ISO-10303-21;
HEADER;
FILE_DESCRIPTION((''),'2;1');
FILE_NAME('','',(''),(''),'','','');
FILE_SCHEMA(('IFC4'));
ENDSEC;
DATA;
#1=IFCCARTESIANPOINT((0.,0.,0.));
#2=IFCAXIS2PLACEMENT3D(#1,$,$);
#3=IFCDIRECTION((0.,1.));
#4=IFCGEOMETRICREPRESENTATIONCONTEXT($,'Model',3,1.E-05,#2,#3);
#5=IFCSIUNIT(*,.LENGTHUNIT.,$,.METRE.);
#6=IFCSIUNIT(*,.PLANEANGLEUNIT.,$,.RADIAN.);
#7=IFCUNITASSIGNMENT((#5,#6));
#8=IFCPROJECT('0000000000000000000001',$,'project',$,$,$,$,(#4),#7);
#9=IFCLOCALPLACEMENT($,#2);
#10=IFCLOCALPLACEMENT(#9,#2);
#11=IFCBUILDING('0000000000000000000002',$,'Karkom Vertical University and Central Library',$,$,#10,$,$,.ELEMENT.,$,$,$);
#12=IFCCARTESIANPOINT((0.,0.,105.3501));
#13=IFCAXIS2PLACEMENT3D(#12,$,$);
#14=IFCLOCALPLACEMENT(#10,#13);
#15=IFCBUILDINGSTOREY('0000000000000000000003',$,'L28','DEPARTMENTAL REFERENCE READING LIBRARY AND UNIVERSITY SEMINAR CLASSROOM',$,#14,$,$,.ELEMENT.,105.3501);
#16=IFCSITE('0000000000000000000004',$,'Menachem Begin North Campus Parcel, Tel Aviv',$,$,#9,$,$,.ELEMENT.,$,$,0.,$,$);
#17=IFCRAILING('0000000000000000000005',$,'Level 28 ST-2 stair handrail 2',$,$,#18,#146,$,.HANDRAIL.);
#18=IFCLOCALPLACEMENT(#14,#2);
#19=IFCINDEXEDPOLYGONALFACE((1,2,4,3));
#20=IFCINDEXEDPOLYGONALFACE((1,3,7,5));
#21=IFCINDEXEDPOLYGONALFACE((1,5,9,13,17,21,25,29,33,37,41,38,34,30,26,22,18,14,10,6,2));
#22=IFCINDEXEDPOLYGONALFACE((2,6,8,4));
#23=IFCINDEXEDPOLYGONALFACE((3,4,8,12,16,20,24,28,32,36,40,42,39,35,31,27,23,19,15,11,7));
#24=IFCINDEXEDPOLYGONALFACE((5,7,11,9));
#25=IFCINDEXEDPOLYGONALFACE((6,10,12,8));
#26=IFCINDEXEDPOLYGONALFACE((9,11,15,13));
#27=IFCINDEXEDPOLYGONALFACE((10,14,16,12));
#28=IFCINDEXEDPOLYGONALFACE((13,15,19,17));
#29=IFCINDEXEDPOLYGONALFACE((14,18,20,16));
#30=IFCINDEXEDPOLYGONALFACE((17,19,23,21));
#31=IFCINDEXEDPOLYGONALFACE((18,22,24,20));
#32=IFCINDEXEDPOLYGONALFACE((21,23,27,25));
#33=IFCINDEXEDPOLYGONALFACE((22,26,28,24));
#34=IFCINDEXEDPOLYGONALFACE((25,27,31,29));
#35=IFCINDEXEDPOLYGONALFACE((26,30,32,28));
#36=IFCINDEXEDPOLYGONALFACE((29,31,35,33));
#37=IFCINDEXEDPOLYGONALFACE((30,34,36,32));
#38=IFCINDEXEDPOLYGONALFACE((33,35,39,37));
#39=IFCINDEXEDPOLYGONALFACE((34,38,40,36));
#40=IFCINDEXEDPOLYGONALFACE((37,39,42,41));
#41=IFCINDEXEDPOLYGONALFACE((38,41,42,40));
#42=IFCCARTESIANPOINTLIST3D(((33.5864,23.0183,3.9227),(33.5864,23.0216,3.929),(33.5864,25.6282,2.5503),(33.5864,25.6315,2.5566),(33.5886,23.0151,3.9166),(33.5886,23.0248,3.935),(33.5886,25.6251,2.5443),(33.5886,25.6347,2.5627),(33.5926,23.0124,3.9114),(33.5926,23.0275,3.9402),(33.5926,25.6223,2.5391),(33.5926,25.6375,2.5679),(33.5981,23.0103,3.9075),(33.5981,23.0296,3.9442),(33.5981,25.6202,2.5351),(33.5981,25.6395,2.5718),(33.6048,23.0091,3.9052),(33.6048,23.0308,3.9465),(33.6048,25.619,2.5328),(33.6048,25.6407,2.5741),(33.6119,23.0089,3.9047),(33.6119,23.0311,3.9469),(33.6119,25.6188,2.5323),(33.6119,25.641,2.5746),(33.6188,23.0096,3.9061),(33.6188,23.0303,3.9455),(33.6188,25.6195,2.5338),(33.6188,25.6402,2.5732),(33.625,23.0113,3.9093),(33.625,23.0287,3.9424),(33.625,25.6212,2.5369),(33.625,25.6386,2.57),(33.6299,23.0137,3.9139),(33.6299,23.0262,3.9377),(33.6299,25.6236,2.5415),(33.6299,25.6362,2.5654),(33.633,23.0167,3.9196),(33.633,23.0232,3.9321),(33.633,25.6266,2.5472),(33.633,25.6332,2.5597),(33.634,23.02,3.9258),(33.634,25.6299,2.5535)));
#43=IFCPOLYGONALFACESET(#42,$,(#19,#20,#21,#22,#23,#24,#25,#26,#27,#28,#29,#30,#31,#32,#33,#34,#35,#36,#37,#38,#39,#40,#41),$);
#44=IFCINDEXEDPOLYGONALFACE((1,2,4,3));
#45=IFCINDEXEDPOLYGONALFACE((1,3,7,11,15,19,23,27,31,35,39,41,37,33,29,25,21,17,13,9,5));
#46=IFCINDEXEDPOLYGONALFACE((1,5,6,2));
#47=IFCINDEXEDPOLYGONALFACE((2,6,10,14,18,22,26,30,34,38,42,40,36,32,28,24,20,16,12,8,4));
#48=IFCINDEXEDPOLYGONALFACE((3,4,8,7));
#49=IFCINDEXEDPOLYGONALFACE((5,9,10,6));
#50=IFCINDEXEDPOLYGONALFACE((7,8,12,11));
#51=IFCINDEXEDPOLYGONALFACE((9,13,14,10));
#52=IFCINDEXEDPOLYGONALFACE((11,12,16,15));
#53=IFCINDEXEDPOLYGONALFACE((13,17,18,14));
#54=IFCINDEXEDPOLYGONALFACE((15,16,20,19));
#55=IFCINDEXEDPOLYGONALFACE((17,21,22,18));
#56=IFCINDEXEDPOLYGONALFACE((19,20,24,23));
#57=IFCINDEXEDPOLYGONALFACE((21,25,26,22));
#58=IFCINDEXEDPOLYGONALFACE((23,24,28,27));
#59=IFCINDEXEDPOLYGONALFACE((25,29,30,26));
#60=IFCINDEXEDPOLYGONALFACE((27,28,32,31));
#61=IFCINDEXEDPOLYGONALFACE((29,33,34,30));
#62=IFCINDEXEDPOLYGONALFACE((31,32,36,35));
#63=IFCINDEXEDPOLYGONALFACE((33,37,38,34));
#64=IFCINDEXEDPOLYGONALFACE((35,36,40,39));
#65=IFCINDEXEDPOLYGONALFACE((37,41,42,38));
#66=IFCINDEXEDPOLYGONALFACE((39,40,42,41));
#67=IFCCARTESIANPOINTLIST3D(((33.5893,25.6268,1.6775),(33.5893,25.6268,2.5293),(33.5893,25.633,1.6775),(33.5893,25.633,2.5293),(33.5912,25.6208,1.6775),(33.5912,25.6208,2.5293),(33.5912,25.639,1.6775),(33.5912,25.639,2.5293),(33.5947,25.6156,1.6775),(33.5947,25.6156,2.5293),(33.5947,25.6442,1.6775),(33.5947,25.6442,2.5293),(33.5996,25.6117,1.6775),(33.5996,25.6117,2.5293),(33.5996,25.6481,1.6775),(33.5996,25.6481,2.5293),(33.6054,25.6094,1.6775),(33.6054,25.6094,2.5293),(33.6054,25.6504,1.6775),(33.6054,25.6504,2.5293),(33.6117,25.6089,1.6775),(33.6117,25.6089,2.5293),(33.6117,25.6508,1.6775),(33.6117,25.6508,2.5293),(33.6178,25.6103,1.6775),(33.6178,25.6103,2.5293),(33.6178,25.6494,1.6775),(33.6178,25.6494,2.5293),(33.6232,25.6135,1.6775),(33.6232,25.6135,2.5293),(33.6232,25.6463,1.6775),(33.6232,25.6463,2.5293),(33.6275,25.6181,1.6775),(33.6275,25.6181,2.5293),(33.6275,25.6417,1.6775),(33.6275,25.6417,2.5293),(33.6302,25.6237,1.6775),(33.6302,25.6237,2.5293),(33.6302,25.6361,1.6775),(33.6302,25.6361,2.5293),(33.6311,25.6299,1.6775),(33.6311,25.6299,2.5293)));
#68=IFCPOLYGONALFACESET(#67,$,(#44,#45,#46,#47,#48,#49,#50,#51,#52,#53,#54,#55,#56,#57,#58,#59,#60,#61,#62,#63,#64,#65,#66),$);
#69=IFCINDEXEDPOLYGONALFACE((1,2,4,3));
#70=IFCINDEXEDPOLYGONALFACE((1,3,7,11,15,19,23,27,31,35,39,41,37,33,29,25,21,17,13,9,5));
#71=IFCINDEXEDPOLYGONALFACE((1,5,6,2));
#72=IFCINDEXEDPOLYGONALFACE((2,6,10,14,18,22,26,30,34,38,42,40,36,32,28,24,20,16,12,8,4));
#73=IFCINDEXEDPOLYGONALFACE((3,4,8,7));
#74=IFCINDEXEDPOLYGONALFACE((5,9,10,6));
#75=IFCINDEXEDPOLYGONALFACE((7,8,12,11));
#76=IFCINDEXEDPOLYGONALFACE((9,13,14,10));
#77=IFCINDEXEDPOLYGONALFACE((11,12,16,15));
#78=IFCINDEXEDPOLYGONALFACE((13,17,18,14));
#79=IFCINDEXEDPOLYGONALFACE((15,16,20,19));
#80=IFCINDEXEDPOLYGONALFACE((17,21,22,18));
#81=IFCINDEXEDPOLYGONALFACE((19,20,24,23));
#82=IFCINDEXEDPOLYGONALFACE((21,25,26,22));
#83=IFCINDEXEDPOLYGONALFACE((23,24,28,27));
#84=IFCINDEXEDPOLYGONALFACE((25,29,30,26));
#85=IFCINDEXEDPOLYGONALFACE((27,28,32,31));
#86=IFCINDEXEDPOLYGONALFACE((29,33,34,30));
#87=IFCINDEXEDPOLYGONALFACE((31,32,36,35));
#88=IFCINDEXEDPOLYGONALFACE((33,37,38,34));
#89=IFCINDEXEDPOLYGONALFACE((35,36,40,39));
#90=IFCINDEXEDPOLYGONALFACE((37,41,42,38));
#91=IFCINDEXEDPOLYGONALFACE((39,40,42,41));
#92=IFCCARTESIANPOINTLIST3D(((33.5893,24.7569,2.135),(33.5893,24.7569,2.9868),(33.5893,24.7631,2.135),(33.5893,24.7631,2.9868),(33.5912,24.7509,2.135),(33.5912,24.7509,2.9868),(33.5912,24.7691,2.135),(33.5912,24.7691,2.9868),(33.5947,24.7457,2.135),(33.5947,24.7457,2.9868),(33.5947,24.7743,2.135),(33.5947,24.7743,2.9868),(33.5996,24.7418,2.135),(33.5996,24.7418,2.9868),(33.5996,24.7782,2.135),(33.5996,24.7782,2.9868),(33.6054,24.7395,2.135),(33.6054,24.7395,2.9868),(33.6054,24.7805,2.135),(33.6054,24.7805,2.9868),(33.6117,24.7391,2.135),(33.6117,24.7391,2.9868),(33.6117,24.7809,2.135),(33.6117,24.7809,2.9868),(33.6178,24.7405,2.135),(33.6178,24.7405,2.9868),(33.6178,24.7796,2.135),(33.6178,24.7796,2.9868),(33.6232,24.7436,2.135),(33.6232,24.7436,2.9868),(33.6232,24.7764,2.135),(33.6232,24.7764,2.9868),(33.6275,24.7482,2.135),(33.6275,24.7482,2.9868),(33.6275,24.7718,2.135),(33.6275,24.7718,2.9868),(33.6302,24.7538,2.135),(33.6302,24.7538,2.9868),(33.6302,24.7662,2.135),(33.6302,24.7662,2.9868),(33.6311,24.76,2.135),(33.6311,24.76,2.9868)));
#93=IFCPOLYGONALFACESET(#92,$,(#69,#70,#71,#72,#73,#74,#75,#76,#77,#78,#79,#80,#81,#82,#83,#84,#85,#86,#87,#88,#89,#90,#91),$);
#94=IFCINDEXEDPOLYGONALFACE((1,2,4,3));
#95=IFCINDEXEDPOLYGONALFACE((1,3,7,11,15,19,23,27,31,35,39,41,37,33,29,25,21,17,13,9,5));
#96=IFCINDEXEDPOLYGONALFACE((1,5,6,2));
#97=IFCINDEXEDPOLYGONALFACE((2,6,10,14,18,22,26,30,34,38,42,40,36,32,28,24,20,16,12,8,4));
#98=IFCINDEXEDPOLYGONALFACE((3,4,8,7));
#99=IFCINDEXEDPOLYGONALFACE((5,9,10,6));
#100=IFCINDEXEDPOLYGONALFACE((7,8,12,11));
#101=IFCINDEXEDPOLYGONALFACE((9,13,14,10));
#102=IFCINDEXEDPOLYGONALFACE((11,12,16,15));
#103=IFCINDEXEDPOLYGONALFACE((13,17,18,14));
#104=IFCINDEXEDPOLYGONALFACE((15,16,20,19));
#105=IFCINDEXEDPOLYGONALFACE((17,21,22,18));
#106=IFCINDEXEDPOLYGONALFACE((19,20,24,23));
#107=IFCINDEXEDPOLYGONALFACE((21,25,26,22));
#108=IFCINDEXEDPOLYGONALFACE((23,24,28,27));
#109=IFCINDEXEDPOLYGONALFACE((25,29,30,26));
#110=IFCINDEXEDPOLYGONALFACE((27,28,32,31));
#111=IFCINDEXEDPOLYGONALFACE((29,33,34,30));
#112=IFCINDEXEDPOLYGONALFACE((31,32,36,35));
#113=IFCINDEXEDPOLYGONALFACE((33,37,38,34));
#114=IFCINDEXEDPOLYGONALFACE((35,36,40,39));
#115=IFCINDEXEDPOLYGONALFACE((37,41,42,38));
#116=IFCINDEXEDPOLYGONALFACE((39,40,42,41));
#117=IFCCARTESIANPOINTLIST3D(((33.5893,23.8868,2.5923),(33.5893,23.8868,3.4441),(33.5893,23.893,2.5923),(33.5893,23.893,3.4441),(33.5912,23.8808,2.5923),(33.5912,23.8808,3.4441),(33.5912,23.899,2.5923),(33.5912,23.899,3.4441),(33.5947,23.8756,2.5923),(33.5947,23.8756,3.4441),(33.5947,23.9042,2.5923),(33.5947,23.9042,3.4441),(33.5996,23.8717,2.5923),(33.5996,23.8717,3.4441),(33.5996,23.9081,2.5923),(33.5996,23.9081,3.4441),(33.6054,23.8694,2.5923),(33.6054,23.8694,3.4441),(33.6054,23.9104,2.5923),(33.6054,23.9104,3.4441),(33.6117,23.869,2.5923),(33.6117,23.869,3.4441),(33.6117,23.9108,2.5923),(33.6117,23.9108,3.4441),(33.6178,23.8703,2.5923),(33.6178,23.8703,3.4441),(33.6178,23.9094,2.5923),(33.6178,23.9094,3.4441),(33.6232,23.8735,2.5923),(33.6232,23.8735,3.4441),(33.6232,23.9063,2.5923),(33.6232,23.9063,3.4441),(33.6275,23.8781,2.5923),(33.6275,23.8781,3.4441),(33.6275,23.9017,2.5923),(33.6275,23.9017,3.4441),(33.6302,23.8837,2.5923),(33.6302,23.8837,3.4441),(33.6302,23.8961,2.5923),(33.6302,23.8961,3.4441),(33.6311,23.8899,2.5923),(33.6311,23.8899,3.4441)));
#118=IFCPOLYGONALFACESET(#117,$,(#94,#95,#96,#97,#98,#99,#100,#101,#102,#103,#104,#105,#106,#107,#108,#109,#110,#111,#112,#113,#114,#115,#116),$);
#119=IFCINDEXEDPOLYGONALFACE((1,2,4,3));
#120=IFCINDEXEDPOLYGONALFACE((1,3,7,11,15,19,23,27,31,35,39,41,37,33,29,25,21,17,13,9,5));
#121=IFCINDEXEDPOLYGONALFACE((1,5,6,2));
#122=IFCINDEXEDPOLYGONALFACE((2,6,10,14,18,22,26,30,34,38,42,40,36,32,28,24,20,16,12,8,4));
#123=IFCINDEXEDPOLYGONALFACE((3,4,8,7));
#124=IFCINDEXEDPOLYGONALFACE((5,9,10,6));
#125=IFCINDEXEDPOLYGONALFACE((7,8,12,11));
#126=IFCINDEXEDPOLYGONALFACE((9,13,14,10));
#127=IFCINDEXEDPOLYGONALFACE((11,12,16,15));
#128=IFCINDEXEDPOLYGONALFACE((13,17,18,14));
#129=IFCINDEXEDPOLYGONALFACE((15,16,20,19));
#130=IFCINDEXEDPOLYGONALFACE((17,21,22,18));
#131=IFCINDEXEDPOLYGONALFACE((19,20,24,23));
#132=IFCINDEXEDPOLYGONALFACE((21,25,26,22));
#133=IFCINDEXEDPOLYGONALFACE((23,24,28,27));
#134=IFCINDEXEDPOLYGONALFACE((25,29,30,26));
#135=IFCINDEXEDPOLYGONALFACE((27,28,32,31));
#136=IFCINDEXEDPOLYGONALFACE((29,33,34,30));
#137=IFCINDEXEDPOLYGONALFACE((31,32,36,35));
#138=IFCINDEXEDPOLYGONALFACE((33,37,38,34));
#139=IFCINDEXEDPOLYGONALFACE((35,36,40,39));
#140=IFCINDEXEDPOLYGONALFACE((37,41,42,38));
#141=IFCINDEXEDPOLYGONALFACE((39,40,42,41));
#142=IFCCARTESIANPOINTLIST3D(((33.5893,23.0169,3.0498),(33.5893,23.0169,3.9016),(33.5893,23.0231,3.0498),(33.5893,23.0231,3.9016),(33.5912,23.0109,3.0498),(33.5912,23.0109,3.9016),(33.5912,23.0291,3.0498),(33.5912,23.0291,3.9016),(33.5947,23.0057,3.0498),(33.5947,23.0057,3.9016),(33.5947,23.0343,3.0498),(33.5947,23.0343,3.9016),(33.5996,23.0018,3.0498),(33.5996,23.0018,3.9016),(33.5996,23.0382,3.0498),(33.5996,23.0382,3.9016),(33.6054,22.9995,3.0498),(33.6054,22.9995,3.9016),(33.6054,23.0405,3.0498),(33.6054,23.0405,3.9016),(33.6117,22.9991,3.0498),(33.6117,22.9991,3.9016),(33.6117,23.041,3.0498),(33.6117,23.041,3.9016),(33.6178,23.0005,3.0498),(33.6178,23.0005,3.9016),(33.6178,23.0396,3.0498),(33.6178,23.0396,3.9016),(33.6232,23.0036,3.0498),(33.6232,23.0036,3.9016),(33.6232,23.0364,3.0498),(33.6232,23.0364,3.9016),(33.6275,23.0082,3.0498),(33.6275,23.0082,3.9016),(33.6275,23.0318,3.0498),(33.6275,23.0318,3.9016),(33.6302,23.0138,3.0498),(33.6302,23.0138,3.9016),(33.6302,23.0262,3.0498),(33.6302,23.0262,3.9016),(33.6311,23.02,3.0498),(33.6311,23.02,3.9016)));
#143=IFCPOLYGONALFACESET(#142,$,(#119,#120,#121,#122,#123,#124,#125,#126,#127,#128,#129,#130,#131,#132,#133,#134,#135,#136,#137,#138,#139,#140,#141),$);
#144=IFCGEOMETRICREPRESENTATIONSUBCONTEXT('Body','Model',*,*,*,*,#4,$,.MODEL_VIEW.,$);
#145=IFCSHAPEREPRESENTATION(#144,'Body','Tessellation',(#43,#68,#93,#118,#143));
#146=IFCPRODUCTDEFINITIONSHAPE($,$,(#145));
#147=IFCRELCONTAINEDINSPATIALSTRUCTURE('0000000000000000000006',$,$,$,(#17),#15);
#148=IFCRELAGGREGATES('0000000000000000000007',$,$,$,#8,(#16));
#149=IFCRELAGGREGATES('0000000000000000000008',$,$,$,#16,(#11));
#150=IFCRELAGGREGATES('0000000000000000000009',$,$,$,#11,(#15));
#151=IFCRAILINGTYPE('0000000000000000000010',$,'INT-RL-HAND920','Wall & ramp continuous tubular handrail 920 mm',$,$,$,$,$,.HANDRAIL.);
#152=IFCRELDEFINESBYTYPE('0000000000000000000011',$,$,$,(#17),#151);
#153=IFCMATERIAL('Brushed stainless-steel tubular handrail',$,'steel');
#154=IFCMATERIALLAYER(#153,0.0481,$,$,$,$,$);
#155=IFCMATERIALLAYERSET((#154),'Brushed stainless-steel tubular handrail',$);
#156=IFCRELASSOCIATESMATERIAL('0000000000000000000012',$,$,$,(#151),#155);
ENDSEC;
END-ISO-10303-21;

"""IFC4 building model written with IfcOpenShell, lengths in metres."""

from ifc_helpers import new_model, si_unit, direction, frame, origin, origin_2d, place, context, subcontext, project, spatial, circle, extrude, material, layer, layer_set, type_object, element, save


model = new_model("IFC4")

# Units and contexts
model_context = context("Model", 3, precision=1e-05, world=origin(), true_north=direction((0.0, 1.0)))
body_context = subcontext(model_context, "Body", "Model", "MODEL_VIEW")
ifc_project = project(units=[si_unit("LENGTHUNIT", "METRE"), si_unit("PLANEANGLEUNIT", "RADIAN")], contexts=[model_context])

# Site, building, storey
site_placement = place(None, origin())
site = spatial("IfcSite", under=ifc_project, at=site_placement, Name="Menachem Begin North Campus Parcel, Tel Aviv", CompositionType="ELEMENT", RefElevation=0.0)
building_placement = place(site_placement, origin())
building = spatial("IfcBuilding", under=site, at=building_placement, Name="Karkom Vertical University and Central Library", CompositionType="ELEMENT")
storey_placement = place(building_placement, frame((0.0, 0.0, 105.3501)))
storey = spatial("IfcBuildingStorey", under=building, at=storey_placement, Name="L28", Description="DEPARTMENTAL REFERENCE READING LIBRARY AND UNIVERSITY SEMINAR CLASSROOM", CompositionType="ELEMENT", Elevation=105.3501)

# Railing
ifc_material_1 = material(Name="Brushed stainless-steel tubular handrail", Category="steel")
ifc_layer_1 = layer(ifc_material_1, 0.0481)
ifc_layer_set_1 = layer_set([ifc_layer_1], Name="Brushed stainless-steel tubular handrail")
railing_type_1 = type_object("IfcRailingType", Name="INT-RL-HAND920", Description="Wall & ramp continuous tubular handrail 920 mm", PredefinedType="HANDRAIL", material=ifc_layer_set_1)
railing_1_placement = place(storey_placement, frame((33.6101, 25.6299, 1.6775)))
element("IfcRailing", 1, at=railing_1_placement, inside=storey, type_object=railing_type_1, Name="Level 28 ST-2 stair handrail 2", PredefinedType="HANDRAIL", context=body_context, shape_type="SweptSolid", body=[
    extrude(circle(Radius=0.0239, at=origin_2d()), frame((0.0, 0.0, 0.876), z_axis=(0.0, -0.8851, 0.465402), x_axis=(1.0, 0.0, 0.0)), (0.0, 0.0, 1.0), 2.9487),
    extrude(circle(Radius=0.021, at=origin_2d()), origin(), (0.0, 0.0, 1.0), 0.8518),
    extrude(circle(Radius=0.021, at=origin_2d()), frame((0.0, -0.8699, 0.4575)), (0.0, 0.0, 1.0), 0.8518),
    extrude(circle(Radius=0.021, at=origin_2d()), frame((0.0, -1.74, 0.9148)), (0.0, 0.0, 1.0), 0.8518),
    extrude(circle(Radius=0.021, at=origin_2d()), frame((0.0, -2.6099, 1.3723)), (0.0, 0.0, 1.0), 0.8518),
])

save(model, "model.ifc")
